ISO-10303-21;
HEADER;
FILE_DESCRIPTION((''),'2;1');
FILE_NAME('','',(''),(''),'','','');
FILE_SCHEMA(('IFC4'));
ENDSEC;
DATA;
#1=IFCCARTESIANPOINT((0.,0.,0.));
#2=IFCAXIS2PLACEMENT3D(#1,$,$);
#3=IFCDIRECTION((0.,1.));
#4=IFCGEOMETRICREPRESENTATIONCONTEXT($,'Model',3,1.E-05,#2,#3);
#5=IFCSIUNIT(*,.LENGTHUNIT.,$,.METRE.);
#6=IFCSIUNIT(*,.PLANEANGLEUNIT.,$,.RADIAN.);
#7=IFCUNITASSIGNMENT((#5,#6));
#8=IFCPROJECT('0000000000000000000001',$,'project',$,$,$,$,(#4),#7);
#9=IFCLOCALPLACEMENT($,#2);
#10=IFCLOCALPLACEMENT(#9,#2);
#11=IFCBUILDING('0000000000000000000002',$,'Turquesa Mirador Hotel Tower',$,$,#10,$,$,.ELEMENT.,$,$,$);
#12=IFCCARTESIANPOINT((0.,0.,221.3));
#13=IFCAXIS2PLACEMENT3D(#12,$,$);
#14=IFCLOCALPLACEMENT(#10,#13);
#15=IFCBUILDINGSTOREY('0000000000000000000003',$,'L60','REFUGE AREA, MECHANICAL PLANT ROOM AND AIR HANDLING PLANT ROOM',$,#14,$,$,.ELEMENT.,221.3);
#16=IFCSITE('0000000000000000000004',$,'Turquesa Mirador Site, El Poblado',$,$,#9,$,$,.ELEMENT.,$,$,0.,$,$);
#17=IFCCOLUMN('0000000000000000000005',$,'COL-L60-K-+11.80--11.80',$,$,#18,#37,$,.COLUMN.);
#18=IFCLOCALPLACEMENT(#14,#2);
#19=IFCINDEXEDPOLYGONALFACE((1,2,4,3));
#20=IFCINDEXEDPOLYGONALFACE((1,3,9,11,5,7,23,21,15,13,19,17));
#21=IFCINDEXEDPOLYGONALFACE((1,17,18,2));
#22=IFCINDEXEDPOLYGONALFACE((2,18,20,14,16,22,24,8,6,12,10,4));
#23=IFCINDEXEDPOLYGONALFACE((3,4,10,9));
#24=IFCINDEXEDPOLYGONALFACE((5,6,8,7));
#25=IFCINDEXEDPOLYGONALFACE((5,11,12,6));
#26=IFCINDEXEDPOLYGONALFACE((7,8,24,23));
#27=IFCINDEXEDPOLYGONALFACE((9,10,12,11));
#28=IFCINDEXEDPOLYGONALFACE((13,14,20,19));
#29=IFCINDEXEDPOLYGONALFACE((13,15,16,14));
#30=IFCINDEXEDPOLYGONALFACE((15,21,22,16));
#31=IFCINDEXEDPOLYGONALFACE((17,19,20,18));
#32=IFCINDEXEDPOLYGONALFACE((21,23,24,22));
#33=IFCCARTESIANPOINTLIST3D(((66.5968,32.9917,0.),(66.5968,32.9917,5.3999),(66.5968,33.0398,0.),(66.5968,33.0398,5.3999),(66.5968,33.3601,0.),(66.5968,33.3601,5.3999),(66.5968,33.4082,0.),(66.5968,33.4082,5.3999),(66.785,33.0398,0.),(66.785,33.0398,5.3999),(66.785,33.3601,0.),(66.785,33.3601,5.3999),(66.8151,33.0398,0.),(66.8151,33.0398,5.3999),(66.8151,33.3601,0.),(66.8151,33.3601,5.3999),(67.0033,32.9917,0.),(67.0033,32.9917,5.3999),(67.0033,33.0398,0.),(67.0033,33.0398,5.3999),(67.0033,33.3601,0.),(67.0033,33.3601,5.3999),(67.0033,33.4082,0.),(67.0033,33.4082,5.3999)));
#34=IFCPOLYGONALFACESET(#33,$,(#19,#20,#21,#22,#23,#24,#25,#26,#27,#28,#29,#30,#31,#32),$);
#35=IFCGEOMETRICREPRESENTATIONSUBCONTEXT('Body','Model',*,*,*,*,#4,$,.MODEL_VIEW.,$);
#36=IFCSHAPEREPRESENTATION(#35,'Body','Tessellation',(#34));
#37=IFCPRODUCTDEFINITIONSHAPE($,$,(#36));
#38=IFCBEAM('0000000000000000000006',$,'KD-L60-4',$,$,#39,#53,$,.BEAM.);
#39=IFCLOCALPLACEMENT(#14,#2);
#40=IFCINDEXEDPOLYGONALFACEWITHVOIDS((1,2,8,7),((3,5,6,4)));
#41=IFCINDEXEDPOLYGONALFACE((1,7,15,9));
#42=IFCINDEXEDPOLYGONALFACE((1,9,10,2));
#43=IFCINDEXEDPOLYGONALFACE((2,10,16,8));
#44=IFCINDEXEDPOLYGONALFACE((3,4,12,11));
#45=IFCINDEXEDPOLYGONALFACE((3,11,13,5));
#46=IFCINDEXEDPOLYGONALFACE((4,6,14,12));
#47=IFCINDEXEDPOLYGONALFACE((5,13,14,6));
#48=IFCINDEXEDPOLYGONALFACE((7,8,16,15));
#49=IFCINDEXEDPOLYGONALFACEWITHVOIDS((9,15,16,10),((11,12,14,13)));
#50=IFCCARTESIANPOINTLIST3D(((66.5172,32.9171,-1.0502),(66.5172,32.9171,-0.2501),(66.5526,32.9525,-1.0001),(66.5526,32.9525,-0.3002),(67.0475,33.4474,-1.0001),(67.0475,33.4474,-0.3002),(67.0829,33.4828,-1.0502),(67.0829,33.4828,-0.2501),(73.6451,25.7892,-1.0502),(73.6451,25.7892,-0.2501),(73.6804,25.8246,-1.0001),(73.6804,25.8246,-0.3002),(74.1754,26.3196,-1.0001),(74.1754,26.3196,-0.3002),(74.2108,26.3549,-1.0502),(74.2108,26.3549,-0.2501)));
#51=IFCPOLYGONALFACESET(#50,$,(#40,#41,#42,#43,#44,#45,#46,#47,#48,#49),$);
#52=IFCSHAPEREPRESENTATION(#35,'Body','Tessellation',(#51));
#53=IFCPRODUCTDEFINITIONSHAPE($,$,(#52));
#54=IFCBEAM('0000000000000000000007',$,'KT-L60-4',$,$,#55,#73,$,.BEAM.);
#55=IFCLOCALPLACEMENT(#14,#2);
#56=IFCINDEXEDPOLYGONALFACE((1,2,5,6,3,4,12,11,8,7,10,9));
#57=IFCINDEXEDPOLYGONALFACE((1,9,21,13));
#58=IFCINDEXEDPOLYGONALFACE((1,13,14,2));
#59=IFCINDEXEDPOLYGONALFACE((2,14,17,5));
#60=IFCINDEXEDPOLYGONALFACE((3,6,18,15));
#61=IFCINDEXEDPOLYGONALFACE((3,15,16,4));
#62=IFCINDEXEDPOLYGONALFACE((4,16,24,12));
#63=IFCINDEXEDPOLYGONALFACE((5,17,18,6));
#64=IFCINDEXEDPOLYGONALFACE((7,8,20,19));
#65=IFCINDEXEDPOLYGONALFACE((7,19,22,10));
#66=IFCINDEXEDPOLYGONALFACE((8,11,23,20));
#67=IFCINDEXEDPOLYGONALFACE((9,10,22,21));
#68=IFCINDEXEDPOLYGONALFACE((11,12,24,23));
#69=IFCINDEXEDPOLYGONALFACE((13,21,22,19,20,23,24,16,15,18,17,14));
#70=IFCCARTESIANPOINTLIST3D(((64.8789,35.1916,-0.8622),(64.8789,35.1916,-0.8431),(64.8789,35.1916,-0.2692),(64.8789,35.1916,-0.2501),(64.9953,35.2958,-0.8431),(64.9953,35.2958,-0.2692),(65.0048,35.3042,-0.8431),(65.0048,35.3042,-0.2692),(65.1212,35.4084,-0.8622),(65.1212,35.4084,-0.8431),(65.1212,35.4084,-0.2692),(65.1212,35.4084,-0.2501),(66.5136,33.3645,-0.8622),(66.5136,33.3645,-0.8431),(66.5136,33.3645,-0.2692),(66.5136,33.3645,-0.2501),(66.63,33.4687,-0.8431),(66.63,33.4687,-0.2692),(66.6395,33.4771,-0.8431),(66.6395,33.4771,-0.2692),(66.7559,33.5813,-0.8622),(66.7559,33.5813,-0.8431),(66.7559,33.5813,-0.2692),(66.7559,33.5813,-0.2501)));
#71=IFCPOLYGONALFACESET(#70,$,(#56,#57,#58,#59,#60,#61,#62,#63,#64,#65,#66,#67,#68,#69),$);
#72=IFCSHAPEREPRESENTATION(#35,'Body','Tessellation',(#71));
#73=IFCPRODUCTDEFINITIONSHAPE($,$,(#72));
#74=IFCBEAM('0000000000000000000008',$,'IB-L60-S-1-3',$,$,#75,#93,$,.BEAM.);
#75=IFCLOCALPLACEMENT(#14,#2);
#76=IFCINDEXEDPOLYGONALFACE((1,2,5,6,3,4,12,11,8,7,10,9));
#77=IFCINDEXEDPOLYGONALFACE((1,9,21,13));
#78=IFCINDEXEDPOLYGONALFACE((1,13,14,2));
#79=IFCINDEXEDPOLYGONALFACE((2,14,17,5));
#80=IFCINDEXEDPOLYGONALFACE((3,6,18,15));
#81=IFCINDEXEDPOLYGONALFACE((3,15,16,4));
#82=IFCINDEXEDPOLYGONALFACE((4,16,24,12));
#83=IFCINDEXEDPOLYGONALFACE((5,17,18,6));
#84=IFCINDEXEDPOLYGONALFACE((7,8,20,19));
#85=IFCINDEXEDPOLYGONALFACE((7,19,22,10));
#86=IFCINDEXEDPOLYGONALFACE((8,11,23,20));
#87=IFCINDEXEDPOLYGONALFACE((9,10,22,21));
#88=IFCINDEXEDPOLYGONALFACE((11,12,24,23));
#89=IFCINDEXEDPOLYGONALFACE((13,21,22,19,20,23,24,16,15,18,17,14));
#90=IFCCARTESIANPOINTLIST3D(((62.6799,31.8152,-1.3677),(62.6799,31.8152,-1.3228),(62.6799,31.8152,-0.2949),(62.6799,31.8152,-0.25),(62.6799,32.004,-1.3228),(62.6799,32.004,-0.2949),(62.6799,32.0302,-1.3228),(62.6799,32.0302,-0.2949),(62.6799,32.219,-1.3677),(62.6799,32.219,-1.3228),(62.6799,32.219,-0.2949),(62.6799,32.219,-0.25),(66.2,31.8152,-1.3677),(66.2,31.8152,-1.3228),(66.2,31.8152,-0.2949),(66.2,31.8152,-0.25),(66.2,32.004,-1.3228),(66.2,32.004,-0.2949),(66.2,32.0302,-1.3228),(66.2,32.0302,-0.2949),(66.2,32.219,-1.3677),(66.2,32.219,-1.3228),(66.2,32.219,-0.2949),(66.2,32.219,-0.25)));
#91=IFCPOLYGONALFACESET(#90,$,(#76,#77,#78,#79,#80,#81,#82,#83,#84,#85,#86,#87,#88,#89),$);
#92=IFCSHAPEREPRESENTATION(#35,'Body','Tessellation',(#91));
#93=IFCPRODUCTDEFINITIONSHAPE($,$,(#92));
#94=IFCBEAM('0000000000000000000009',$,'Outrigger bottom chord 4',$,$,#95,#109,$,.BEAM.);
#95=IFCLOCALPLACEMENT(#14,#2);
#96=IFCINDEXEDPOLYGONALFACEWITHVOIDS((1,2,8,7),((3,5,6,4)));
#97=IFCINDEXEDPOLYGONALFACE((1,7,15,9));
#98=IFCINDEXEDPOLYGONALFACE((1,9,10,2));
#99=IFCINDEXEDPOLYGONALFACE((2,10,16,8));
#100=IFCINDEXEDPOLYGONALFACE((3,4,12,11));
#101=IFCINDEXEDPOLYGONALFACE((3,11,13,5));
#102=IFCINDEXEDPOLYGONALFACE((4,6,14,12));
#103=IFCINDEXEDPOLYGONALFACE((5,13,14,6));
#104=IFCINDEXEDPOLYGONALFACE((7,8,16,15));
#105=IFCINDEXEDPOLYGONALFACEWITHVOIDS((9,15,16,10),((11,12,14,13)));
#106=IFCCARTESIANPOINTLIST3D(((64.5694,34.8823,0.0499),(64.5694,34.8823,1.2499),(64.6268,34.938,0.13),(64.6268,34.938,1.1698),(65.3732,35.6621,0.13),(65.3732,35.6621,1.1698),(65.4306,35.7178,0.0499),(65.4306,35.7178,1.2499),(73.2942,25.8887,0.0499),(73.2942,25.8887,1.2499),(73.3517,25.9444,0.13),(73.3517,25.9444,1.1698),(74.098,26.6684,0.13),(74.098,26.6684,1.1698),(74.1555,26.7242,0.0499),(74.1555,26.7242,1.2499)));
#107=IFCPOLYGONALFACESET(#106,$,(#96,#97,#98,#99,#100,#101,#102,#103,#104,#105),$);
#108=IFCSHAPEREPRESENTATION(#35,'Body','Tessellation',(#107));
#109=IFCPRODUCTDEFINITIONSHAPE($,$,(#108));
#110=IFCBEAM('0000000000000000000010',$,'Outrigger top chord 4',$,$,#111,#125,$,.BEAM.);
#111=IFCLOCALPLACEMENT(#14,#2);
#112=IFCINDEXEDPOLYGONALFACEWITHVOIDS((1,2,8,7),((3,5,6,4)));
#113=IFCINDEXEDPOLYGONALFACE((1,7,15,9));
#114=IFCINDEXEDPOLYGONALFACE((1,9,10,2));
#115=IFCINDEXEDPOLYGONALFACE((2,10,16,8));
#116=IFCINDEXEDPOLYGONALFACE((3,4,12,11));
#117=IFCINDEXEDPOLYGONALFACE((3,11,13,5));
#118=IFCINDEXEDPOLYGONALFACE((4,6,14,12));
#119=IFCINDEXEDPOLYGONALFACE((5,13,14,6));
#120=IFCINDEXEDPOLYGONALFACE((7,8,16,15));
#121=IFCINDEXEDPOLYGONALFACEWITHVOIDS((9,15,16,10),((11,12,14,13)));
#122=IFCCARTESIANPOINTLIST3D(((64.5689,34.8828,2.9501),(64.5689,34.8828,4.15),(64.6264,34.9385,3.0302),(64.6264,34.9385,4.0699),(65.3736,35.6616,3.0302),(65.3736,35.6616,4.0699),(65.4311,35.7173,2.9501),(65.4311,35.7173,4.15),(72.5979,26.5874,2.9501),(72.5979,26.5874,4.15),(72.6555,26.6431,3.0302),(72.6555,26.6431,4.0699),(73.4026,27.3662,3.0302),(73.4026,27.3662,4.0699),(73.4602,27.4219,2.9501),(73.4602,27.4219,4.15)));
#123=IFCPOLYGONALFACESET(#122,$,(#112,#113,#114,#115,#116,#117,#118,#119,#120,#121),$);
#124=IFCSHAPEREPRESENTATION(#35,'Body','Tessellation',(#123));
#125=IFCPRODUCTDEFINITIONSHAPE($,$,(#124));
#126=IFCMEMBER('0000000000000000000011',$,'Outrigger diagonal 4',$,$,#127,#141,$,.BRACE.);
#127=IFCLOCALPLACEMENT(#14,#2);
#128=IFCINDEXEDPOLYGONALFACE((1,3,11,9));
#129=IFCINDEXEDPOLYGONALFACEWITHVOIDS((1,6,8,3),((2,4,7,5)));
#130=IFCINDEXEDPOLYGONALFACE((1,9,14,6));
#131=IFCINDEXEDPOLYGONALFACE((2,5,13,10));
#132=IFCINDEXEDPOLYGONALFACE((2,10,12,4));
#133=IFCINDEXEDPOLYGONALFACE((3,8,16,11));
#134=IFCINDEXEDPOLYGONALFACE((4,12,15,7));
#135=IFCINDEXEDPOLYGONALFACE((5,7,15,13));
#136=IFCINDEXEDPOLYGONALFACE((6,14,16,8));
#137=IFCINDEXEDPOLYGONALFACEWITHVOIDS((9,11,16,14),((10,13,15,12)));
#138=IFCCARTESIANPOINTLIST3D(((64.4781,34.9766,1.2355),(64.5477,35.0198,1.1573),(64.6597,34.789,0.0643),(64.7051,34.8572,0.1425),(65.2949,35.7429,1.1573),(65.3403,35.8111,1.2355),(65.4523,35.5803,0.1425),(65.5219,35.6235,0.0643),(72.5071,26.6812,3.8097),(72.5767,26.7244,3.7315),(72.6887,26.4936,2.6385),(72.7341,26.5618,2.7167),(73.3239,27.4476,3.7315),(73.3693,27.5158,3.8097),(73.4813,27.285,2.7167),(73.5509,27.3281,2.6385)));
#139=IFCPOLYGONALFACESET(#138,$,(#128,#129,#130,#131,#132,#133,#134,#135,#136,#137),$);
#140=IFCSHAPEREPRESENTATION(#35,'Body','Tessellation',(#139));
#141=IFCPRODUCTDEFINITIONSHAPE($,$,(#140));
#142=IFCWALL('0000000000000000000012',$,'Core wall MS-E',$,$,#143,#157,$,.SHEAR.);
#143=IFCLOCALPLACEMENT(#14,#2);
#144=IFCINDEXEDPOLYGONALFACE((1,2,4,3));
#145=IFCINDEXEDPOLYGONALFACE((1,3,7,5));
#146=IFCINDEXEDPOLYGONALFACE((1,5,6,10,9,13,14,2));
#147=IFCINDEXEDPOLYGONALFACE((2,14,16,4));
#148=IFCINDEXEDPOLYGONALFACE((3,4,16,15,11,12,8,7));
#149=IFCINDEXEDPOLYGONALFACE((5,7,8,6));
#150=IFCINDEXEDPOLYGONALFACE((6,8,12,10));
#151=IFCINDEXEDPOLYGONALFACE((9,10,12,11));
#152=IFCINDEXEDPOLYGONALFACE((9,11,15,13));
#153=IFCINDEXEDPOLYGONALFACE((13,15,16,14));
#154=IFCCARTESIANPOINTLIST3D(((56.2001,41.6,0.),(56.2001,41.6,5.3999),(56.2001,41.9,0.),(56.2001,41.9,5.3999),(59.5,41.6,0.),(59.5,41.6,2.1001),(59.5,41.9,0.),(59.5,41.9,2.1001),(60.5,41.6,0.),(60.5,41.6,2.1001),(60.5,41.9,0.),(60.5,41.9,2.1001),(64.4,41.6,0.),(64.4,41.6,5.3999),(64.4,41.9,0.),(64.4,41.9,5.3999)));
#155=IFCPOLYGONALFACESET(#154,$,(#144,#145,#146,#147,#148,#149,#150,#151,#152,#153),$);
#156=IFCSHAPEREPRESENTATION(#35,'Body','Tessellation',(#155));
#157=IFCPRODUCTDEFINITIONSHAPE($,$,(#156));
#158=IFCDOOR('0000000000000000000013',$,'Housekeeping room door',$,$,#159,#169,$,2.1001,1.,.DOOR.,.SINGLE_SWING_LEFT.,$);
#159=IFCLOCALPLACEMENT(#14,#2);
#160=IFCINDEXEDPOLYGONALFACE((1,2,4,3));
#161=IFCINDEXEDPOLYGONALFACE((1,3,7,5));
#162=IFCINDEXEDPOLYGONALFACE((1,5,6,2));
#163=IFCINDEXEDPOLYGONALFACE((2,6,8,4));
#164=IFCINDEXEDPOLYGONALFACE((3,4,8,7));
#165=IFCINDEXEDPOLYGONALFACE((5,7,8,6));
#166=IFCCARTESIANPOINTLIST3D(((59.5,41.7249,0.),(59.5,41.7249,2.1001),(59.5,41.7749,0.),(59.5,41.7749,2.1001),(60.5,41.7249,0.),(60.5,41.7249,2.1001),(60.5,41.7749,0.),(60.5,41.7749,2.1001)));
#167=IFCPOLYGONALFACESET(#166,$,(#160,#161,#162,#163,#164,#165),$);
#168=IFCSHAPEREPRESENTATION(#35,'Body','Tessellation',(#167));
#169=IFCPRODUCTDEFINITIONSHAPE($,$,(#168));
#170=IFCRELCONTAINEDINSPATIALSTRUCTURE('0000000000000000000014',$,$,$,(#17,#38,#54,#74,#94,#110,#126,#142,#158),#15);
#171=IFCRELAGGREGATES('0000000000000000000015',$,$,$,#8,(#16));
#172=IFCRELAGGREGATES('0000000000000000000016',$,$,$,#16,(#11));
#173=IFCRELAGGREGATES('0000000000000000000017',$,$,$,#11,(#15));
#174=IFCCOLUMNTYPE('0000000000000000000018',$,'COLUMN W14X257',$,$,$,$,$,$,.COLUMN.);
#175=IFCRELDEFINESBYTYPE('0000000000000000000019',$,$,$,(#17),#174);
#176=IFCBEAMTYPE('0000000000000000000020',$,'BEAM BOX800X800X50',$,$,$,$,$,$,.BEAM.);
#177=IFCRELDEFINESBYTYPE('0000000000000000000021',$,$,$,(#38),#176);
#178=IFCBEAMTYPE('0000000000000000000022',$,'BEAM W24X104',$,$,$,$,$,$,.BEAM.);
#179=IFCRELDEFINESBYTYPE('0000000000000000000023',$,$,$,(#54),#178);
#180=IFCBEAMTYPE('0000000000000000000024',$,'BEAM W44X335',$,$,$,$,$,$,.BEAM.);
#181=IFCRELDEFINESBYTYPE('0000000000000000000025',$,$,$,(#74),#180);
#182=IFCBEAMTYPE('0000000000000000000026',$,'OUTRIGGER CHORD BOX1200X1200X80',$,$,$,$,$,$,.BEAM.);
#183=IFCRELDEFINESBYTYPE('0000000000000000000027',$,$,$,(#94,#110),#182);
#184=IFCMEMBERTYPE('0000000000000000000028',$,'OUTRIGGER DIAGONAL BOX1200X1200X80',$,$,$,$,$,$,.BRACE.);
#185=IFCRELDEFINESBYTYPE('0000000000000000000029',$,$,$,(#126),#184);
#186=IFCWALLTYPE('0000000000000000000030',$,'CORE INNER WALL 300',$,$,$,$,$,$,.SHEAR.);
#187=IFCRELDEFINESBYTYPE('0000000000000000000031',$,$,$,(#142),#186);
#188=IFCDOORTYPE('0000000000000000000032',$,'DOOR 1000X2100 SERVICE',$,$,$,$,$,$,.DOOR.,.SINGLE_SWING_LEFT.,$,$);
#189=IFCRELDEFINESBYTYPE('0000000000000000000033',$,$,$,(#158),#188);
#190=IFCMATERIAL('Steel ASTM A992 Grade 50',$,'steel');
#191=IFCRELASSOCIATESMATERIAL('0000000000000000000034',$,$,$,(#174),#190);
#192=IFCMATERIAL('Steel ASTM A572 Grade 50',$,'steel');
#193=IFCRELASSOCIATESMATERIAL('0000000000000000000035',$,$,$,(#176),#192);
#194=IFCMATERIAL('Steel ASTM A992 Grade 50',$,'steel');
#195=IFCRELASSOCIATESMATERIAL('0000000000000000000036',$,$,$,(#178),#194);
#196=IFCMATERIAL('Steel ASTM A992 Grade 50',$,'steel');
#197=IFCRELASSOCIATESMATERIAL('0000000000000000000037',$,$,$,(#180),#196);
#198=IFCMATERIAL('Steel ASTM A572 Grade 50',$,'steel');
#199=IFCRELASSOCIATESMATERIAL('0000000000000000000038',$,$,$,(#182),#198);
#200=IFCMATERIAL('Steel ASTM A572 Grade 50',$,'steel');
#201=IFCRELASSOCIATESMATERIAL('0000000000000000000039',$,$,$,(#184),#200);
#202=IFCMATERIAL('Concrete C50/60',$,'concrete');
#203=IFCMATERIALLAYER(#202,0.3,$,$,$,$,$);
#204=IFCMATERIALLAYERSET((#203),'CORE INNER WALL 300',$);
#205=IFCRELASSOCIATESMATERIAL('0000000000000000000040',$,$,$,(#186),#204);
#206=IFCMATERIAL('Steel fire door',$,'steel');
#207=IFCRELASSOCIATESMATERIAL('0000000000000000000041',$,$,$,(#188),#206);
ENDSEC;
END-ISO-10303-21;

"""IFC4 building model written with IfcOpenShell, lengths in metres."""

from ifc_helpers import new_model, si_unit, direction, frame, frame_2d, origin, origin_2d, place, context, subcontext, project, spatial, rectangle, hollow_rectangle, i_section, extrude, material, layer, layer_set, material_profile, profile_set, type_object, element, fill, save


model = new_model("IFC4")

# Units and contexts
model_context = context("Model", 3, precision=1e-05, world=origin(), true_north=direction((0.0, 1.0)))
body_context = subcontext(model_context, "Body", "Model", "MODEL_VIEW")
ifc_project = project(units=[si_unit("LENGTHUNIT", "METRE"), si_unit("PLANEANGLEUNIT", "RADIAN")], contexts=[model_context])

# Site, building, storey
site_placement = place(None, origin())
site = spatial("IfcSite", under=ifc_project, at=site_placement, Name="Turquesa Mirador Site, El Poblado", CompositionType="ELEMENT", RefElevation=0.0)
building_placement = place(site_placement, origin())
building = spatial("IfcBuilding", under=site, at=building_placement, Name="Turquesa Mirador Hotel Tower", CompositionType="ELEMENT")
storey_placement = place(building_placement, frame((0.0, 0.0, 221.3)))
storey = spatial("IfcBuildingStorey", under=building, at=storey_placement, Name="L60", Description="REFUGE AREA, MECHANICAL PLANT ROOM AND AIR HANDLING PLANT ROOM", CompositionType="ELEMENT", Elevation=221.3)

# Column
ifc_material_1 = material(Name="Steel ASTM A992 Grade 50", Category="steel")
ifc_material_profile_1 = material_profile(ifc_material_1, i_section(OverallWidth=0.4065, OverallDepth=0.4165, WebThickness=0.03, FlangeThickness=0.0481, at=origin_2d()), Name="W14X257")
ifc_profile_set_1 = profile_set([ifc_material_profile_1], Name="Steel ASTM A992 Grade 50")
column_type = type_object("IfcColumnType", Name="COLUMN W14X257", PredefinedType="COLUMN", material=ifc_profile_set_1)
column_placement = place(storey_placement, frame((66.8, 33.2, 0.0), z_axis=(0.0, 0.0, 1.0), x_axis=(1.0, 0.0, 0.0)))
element("IfcColumn", 1, at=column_placement, inside=storey, type_object=column_type, Name="COL-L60-K-+11.80--11.80", PredefinedType="COLUMN", context=body_context, shape_type="SweptSolid", body=[
    extrude(i_section(OverallWidth=0.4065, OverallDepth=0.4165, WebThickness=0.03, FlangeThickness=0.0481, at=origin_2d()), origin(), (0.0, 0.0, 1.0), 5.3999),
])

# Beams
ifc_material_2 = material(Name="Steel ASTM A572 Grade 50", Category="steel")
ifc_material_profile_2 = material_profile(ifc_material_2, hollow_rectangle(XDim=0.8, YDim=0.8, WallThickness=0.05, at=origin_2d()), Name="BOX800X800X50")
ifc_profile_set_2 = profile_set([ifc_material_profile_2], Name="Steel ASTM A572 Grade 50")
beam_type_1 = type_object("IfcBeamType", Name="BEAM BOX800X800X50", PredefinedType="BEAM", material=ifc_profile_set_2)
beam_1_placement = place(storey_placement, frame((66.8, 33.2, -0.6501), z_axis=(0.707107, -0.707107, 0.0), x_axis=(0.707107, 0.707107, 0.0)))
element("IfcBeam", 2, at=beam_1_placement, inside=storey, type_object=beam_type_1, Name="KD-L60-4", PredefinedType="BEAM", context=body_context, shape_type="SweptSolid", body=[
    extrude(hollow_rectangle(XDim=0.8, YDim=0.8, WallThickness=0.05, at=origin_2d()), origin(), (0.0, 0.0, 1.0), 10.0803),
])
ifc_material_3 = material(Name="Steel ASTM A992 Grade 50", Category="steel")
ifc_material_profile_3 = material_profile(ifc_material_3, i_section(OverallWidth=0.3252, OverallDepth=0.6121, WebThickness=0.0127, FlangeThickness=0.019, at=origin_2d()), Name="W24X104")
ifc_profile_set_3 = profile_set([ifc_material_profile_3], Name="Steel ASTM A992 Grade 50")
beam_type_2 = type_object("IfcBeamType", Name="BEAM W24X104", PredefinedType="BEAM", material=ifc_profile_set_3)
beam_2_placement = place(storey_placement, frame((66.6348, 33.4729, -0.5562), z_axis=(-0.666783, 0.745252, 0.0), x_axis=(-0.745252, -0.666783, 0.0)))
element("IfcBeam", 3, at=beam_2_placement, inside=storey, type_object=beam_type_2, Name="KT-L60-4", PredefinedType="BEAM", context=body_context, shape_type="SweptSolid", body=[
    extrude(i_section(OverallWidth=0.3252, OverallDepth=0.6121, WebThickness=0.0127, FlangeThickness=0.019, at=origin_2d()), origin(), (0.0, 0.0, 1.0), 2.4517),
])
ifc_material_4 = material(Name="Steel ASTM A992 Grade 50", Category="steel")
ifc_material_profile_4 = material_profile(ifc_material_4, i_section(OverallWidth=0.4038, OverallDepth=1.1177, WebThickness=0.0261, FlangeThickness=0.0449, at=origin_2d()), Name="W44X335")
ifc_profile_set_4 = profile_set([ifc_material_profile_4], Name="Steel ASTM A992 Grade 50")
beam_type_3 = type_object("IfcBeamType", Name="BEAM W44X335", PredefinedType="BEAM", material=ifc_profile_set_4)
beam_3_placement = place(storey_placement, frame((62.6799, 32.0171, -0.8088), z_axis=(1.0, 0.0, 0.0), x_axis=(0.0, 1.0, 0.0)))
element("IfcBeam", 4, at=beam_3_placement, inside=storey, type_object=beam_type_3, Name="IB-L60-S-1-3", PredefinedType="BEAM", context=body_context, shape_type="SweptSolid", body=[
    extrude(i_section(OverallWidth=0.4038, OverallDepth=1.1177, WebThickness=0.0261, FlangeThickness=0.0449, at=origin_2d()), origin(), (0.0, 0.0, 1.0), 3.52),
])
ifc_material_5 = material(Name="Steel ASTM A572 Grade 50", Category="steel")
ifc_material_profile_5 = material_profile(ifc_material_5, hollow_rectangle(XDim=1.2, YDim=1.2, WallThickness=0.0801, at=origin_2d()), Name="BOX1200X1200X80")
ifc_profile_set_5 = profile_set([ifc_material_profile_5], Name="Steel ASTM A572 Grade 50")
beam_type_4 = type_object("IfcBeamType", Name="OUTRIGGER CHORD BOX1200X1200X80", PredefinedType="BEAM", material=ifc_profile_set_5)
beam_4_placement = place(storey_placement, frame((65.0, 35.3, 0.6499), z_axis=(0.696299, -0.717751, 0.0), x_axis=(0.717751, 0.696299, 0.0)))
element("IfcBeam", 5, at=beam_4_placement, inside=storey, type_object=beam_type_4, Name="Outrigger bottom chord 4", PredefinedType="BEAM", context=body_context, shape_type="SweptSolid", body=[
    extrude(hollow_rectangle(XDim=1.2, YDim=1.2, WallThickness=0.0801, at=origin_2d()), origin(), (0.0, 0.0, 1.0), 12.5303),
])
beam_5_placement = place(storey_placement, frame((65.0, 35.3, 3.55), z_axis=(0.695477, -0.718549, 0.0), x_axis=(0.718549, 0.695477, 0.0)))
element("IfcBeam", 6, at=beam_5_placement, inside=storey, type_object=beam_type_4, Name="Outrigger top chord 4", PredefinedType="BEAM", context=body_context, shape_type="SweptSolid", body=[
    extrude(hollow_rectangle(XDim=1.2, YDim=1.2, WallThickness=0.0801, at=origin_2d()), origin(), (0.0, 0.0, 1.0), 11.5447),
])

# Member
ifc_material_6 = material(Name="Steel ASTM A572 Grade 50", Category="steel")
ifc_material_profile_6 = material_profile(ifc_material_6, hollow_rectangle(XDim=1.2, YDim=1.2, WallThickness=0.0801, at=origin_2d()), Name="BOX1200X1200X80")
ifc_profile_set_6 = profile_set([ifc_material_profile_6], Name="Steel ASTM A572 Grade 50")
member_type = type_object("IfcMemberType", Name="OUTRIGGER DIAGONAL BOX1200X1200X80", PredefinedType="BRACE", material=ifc_profile_set_6)
member_placement = place(storey_placement, frame((65.0, 35.3, 0.6499), z_axis=(0.678806, -0.701325, 0.217634), x_axis=(0.718549, 0.695477, 0.0)))
element("IfcMember", 7, at=member_placement, inside=storey, type_object=member_type, Name="Outrigger diagonal 4", PredefinedType="BRACE", context=body_context, shape_type="SweptSolid", body=[
    extrude(hollow_rectangle(XDim=1.2, YDim=1.2, WallThickness=0.0801, at=origin_2d()), origin(), (0.0, 0.0, 1.0), 11.8281),
])

# Wall, opening, door
ifc_material_7 = material(Name="Concrete C50/60", Category="concrete")
ifc_layer_1 = layer(ifc_material_7, 0.3)
ifc_layer_set_1 = layer_set([ifc_layer_1], Name="CORE INNER WALL 300")
wall_type_1 = type_object("IfcWallType", Name="CORE INNER WALL 300", PredefinedType="SHEAR", material=ifc_layer_set_1)
wall_1_placement = place(storey_placement, frame((56.2, 41.75, 0.0), z_axis=(0.0, 0.0, 1.0), x_axis=(1.0, 0.0, 0.0)))
wall_1 = element("IfcWall", 8, at=wall_1_placement, inside=storey, type_object=wall_type_1, Name="Core wall MS-E", PredefinedType="SHEAR", context=body_context, shape_type="SweptSolid", body=[
    extrude(rectangle(XDim=8.2, YDim=0.3, at=frame_2d((4.1001, 0.0))), origin(), (0.0, 0.0, 1.0), 5.3999),
])
opening_1_placement = place(wall_1_placement, frame((3.3, 0.0, 0.0)))
opening_1 = element("IfcOpeningElement", 9, at=opening_1_placement, cuts=wall_1, PredefinedType="OPENING", context=body_context, shape_type="SweptSolid", body=[
    extrude(rectangle(XDim=1.0, YDim=2.1001, at=frame_2d((0.5, 1.05))), frame((0.0, 0.1599, 0.0), z_axis=(0.0, -1.0, 0.0), x_axis=(1.0, 0.0, 0.0)), (0.0, 0.0, 1.0), 0.3201),
])
ifc_material_8 = material(Name="Steel fire door", Category="steel")
door_type_1 = type_object("IfcDoorType", Name="DOOR 1000X2100 SERVICE", OperationType="SINGLE_SWING_LEFT", PredefinedType="DOOR", material=ifc_material_8)
door_1_placement = place(opening_1_placement, origin())
door_1 = element("IfcDoor", 10, at=door_1_placement, inside=storey, type_object=door_type_1, Name="Housekeeping room door", OperationType="SINGLE_SWING_LEFT", OverallHeight=2.1001, OverallWidth=1.0, PredefinedType="DOOR", context=body_context, shape_type="SweptSolid", body=[
    extrude(rectangle(XDim=1.0, YDim=2.1001, at=frame_2d((0.5, 1.05))), frame((0.0, 0.0249, 0.0), z_axis=(0.0, -1.0, 0.0), x_axis=(1.0, 0.0, 0.0)), (0.0, 0.0, 1.0), 0.05),
])
fill(opening_1, door_1)

save(model, "model.ifc")
